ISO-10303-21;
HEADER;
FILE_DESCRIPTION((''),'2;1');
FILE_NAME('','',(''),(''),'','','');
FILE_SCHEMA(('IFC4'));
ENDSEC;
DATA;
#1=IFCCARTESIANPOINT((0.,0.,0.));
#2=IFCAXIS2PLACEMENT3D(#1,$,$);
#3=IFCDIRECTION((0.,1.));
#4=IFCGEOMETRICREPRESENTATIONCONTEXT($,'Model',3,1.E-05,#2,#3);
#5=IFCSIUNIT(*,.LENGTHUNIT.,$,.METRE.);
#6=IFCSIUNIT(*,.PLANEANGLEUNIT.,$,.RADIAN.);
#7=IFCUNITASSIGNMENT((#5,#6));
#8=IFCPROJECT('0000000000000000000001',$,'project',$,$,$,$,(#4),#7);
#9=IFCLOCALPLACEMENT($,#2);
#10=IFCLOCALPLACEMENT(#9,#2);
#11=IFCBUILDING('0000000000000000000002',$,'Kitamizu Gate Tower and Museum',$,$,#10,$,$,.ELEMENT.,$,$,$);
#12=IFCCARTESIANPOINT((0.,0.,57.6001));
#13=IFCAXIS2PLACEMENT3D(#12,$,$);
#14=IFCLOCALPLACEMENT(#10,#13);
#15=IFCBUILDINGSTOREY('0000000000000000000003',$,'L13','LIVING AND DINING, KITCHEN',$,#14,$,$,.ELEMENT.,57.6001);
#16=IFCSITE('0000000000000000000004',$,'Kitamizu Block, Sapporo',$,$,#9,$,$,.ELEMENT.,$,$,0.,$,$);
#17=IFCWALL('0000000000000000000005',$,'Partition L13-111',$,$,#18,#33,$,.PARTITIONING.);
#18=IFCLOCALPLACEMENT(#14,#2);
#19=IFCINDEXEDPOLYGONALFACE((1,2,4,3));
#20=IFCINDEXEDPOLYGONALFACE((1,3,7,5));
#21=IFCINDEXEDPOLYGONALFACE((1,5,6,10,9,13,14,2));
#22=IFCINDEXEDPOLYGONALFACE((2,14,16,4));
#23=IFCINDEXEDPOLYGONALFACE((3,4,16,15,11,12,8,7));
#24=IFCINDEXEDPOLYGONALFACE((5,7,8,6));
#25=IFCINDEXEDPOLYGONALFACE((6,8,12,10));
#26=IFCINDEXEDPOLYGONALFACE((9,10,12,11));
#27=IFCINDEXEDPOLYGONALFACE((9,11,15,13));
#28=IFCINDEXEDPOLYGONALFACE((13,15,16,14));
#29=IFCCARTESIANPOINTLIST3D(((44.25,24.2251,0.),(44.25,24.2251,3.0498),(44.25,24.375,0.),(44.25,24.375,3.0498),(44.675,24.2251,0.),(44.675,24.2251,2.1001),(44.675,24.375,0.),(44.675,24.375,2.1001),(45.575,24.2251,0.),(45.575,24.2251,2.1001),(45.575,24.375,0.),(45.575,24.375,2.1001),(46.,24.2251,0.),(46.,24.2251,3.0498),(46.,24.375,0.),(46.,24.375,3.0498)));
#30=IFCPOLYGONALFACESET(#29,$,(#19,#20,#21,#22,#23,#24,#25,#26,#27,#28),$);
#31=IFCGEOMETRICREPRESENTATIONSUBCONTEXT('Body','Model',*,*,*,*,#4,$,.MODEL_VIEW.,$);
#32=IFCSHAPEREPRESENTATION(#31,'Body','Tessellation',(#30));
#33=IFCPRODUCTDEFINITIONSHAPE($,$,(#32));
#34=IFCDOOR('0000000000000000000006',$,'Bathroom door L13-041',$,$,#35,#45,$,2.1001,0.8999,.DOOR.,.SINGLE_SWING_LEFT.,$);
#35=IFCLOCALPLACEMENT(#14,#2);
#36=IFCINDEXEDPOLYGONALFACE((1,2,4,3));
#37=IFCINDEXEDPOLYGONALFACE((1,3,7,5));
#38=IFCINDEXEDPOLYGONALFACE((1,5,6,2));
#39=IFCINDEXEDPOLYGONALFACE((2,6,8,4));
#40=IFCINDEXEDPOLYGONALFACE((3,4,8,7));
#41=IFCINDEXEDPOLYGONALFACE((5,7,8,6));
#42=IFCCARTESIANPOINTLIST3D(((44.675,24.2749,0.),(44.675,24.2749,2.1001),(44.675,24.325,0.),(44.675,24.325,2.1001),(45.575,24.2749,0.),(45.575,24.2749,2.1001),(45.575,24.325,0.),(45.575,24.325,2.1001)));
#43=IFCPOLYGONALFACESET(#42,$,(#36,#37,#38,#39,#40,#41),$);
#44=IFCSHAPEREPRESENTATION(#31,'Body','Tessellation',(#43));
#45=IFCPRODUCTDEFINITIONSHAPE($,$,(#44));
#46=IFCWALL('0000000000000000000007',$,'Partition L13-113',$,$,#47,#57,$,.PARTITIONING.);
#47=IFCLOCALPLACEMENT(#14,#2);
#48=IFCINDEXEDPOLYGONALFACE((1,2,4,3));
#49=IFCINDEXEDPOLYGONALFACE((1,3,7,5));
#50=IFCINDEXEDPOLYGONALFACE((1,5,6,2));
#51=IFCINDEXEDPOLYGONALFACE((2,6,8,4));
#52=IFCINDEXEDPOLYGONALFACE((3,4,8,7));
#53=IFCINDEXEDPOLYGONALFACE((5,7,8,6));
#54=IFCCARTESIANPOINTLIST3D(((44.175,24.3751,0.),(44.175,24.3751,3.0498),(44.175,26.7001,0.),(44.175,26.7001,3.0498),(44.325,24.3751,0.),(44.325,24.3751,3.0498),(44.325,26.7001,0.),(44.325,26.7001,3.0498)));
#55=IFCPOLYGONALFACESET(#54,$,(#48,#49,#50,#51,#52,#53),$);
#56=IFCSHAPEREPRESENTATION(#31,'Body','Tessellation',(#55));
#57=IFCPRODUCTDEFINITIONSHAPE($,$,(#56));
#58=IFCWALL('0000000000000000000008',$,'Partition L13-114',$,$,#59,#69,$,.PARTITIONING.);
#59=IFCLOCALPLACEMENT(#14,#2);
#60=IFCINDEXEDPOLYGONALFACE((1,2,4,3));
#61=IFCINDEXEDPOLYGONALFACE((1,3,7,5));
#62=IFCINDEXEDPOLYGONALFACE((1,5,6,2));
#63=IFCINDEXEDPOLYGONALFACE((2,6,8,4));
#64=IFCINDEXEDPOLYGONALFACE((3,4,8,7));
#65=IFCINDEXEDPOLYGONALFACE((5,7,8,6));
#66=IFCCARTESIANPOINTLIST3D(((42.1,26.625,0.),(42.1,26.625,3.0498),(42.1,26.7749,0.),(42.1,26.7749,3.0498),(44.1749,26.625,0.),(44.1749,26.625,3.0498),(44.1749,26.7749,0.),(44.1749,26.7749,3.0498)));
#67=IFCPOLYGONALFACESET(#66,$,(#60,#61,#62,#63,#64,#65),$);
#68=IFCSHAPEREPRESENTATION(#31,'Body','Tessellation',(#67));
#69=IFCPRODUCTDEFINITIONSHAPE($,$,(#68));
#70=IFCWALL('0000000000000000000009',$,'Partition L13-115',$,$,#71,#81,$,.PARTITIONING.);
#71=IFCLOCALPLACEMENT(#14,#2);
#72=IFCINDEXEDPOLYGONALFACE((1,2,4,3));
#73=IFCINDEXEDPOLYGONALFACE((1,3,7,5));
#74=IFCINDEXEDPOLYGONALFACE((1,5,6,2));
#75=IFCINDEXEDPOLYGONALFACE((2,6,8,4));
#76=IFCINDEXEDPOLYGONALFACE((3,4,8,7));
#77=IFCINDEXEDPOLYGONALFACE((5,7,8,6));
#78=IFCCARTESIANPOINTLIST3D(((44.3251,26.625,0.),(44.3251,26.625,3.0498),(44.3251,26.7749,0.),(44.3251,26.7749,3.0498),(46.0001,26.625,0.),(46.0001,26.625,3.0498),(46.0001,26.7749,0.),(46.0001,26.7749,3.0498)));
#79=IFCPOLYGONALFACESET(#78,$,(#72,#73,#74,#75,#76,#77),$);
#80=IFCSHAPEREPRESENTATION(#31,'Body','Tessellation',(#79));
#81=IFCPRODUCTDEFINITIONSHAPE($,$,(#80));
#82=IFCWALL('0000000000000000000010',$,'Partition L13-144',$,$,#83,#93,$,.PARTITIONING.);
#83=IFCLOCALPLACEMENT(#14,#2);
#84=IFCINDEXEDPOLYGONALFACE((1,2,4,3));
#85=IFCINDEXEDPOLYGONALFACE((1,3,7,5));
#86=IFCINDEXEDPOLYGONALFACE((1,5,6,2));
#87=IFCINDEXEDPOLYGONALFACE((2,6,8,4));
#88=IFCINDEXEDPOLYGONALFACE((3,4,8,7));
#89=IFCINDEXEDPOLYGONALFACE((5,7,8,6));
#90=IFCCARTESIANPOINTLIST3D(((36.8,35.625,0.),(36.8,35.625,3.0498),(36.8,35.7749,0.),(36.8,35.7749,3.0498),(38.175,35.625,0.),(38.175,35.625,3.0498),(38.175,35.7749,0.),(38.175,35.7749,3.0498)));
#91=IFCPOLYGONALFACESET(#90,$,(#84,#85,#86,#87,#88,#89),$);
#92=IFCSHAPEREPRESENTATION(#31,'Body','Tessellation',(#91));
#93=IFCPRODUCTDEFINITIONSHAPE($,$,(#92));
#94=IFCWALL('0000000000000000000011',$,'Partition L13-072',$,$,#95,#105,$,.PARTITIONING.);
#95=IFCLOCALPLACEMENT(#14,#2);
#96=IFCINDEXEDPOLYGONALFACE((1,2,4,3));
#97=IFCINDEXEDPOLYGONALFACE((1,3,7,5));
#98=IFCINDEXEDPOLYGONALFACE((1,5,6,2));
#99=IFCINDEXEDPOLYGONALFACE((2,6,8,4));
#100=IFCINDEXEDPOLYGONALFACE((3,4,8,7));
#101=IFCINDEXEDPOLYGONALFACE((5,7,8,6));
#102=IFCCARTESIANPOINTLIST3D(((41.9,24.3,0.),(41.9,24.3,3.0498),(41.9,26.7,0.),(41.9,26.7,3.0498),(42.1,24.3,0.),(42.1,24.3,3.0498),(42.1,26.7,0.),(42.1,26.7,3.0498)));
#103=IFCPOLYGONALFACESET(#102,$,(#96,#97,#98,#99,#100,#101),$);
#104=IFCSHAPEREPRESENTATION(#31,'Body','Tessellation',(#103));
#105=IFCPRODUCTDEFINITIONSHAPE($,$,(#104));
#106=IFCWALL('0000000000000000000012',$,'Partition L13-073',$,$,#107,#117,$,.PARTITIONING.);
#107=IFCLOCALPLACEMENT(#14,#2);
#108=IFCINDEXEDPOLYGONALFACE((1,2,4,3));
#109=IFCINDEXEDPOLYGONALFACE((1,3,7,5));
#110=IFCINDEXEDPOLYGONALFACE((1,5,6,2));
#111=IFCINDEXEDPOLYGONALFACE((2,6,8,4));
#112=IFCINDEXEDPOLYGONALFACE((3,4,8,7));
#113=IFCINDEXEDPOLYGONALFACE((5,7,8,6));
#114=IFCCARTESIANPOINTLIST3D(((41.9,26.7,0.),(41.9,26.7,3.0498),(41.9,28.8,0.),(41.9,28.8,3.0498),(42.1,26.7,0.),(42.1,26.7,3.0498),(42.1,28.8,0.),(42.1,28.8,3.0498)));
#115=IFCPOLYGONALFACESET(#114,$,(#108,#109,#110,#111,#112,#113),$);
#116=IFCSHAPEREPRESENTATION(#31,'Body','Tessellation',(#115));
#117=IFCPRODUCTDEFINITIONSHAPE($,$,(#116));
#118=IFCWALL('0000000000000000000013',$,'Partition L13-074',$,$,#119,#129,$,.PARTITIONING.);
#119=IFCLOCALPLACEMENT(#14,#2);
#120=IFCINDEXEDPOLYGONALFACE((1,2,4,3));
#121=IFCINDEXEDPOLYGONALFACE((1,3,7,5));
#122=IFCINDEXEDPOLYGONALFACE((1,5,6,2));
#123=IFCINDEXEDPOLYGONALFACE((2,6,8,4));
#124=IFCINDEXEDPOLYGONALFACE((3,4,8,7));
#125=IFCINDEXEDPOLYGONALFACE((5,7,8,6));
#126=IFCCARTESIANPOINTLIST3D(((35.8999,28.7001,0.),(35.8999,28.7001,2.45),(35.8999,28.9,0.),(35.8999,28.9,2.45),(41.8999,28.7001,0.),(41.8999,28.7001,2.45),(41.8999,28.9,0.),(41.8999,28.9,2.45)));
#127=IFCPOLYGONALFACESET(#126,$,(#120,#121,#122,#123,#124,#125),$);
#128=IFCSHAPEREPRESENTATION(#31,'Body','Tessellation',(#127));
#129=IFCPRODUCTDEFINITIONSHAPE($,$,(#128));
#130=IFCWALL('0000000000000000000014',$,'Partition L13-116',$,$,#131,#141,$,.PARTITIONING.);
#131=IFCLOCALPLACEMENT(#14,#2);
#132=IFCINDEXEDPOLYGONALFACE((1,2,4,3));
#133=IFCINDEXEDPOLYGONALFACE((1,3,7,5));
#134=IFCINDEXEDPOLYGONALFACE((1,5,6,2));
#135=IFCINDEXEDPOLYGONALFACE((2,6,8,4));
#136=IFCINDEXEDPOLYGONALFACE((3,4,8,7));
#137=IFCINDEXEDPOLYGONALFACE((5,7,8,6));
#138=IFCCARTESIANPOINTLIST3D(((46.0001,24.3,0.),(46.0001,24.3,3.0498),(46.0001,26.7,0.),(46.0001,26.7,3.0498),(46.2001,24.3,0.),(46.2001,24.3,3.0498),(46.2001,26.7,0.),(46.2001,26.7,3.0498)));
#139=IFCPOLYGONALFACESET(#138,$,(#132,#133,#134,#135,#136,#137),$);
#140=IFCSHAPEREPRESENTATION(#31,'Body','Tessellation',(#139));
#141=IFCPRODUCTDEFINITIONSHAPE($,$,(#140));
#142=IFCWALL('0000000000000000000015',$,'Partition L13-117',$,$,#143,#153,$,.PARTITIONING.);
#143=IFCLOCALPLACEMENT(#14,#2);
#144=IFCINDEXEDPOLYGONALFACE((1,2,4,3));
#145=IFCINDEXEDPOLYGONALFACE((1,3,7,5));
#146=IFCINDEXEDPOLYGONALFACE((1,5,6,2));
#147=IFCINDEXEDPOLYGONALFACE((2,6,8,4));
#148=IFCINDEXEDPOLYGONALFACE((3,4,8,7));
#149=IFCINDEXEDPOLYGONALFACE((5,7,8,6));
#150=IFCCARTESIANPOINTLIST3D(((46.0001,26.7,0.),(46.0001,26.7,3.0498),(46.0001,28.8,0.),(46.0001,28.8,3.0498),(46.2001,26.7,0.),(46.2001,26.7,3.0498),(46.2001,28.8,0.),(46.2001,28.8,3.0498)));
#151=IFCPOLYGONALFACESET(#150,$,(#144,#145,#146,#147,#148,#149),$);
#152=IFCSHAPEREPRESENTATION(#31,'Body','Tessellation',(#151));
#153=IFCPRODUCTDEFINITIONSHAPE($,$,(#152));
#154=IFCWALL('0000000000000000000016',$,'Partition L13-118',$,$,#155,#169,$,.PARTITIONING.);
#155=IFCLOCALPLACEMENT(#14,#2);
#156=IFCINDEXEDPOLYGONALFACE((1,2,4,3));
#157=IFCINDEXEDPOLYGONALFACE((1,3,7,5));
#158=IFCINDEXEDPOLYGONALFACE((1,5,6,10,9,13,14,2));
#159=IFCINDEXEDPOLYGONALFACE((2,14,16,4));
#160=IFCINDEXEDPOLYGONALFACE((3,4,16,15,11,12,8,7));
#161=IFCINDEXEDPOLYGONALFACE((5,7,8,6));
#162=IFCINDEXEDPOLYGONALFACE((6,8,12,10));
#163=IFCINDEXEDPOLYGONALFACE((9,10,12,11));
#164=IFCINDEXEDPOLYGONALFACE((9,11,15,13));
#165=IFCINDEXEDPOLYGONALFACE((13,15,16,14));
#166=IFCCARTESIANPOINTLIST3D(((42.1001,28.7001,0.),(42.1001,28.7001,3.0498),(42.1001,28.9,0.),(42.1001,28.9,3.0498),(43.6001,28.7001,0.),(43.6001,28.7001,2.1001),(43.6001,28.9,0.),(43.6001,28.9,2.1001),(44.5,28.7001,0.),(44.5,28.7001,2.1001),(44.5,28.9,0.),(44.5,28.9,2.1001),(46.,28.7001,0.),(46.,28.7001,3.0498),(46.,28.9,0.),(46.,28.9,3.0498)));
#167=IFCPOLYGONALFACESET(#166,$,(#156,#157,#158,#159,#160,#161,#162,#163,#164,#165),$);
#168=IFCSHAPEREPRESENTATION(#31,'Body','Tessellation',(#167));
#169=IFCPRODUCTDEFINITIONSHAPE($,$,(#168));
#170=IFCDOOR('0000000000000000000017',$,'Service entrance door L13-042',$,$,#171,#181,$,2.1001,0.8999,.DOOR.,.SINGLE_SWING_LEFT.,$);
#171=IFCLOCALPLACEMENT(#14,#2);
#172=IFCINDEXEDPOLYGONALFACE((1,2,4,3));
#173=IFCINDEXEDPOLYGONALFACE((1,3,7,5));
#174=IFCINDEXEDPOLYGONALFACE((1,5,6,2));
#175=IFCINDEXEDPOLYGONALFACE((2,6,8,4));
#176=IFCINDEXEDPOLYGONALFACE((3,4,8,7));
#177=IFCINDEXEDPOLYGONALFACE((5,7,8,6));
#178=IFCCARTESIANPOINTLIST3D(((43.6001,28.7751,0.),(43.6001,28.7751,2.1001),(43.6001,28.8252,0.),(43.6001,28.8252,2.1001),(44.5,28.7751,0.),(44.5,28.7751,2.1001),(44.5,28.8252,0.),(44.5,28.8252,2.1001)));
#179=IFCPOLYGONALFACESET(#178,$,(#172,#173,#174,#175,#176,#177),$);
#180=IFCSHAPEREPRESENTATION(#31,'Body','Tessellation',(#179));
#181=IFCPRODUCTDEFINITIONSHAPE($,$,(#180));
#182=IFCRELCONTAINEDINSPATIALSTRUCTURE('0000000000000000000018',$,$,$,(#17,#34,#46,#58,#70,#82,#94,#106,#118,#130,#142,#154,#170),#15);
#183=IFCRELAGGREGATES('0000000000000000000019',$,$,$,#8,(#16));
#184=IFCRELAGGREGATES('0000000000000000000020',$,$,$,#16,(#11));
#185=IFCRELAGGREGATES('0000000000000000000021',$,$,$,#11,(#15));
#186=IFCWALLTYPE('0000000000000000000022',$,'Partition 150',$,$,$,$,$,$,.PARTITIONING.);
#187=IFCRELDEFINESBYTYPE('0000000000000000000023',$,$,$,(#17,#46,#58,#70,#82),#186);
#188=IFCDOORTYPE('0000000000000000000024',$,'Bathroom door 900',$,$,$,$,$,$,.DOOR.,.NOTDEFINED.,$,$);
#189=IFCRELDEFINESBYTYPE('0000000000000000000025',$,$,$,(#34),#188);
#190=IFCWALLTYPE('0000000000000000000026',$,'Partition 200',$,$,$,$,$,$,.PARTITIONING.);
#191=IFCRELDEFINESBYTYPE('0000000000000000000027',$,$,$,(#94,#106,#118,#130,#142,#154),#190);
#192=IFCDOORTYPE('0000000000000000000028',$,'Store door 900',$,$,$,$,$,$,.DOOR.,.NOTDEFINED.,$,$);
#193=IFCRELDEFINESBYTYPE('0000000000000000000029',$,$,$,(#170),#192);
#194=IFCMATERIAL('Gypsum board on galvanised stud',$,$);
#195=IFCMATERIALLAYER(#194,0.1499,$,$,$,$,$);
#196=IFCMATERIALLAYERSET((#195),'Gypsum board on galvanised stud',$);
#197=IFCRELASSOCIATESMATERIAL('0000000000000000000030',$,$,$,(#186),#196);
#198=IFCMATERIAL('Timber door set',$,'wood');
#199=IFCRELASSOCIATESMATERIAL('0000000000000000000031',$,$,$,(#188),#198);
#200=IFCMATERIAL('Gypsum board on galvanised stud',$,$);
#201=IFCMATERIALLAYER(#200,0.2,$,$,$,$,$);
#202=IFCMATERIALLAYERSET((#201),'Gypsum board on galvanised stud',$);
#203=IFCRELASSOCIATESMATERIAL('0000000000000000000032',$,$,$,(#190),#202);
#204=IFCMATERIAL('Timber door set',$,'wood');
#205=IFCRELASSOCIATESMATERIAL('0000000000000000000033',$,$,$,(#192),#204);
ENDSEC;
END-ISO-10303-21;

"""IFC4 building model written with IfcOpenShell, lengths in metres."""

from ifc_helpers import new_model, si_unit, direction, frame, frame_2d, origin, place, context, subcontext, project, spatial, rectangle, extrude, material, layer, layer_set, type_object, element, fill, save


model = new_model("IFC4")

# Units and contexts
model_context = context("Model", 3, precision=1e-05, world=origin(), true_north=direction((0.0, 1.0)))
body_context = subcontext(model_context, "Body", "Model", "MODEL_VIEW")
ifc_project = project(units=[si_unit("LENGTHUNIT", "METRE"), si_unit("PLANEANGLEUNIT", "RADIAN")], contexts=[model_context])

# Site, building, storey
site_placement = place(None, origin())
site = spatial("IfcSite", under=ifc_project, at=site_placement, Name="Kitamizu Block, Sapporo", CompositionType="ELEMENT", RefElevation=0.0)
building_placement = place(site_placement, origin())
building = spatial("IfcBuilding", under=site, at=building_placement, Name="Kitamizu Gate Tower and Museum", CompositionType="ELEMENT")
storey_placement = place(building_placement, frame((0.0, 0.0, 57.6001)))
storey = spatial("IfcBuildingStorey", under=building, at=storey_placement, Name="L13", Description="LIVING AND DINING, KITCHEN", CompositionType="ELEMENT", Elevation=57.6001)

# Wall, opening, door
ifc_material_1 = material(Name="Gypsum board on galvanised stud")
ifc_layer_1 = layer(ifc_material_1, 0.1499)
ifc_layer_set_1 = layer_set([ifc_layer_1], Name="Gypsum board on galvanised stud")
wall_type_1 = type_object("IfcWallType", Name="Partition 150", PredefinedType="PARTITIONING", material=ifc_layer_set_1)
ifc_material_2 = material(Name="Timber door set", Category="wood")
door_type_1 = type_object("IfcDoorType", Name="Bathroom door 900", OperationType="NOTDEFINED", PredefinedType="DOOR", material=ifc_material_2)
wall_1_placement = place(storey_placement, frame((46.0, 24.3, 0.0), z_axis=(0.0, 0.0, 1.0), x_axis=(-1.0, 0.0, 0.0)))
wall_1 = element("IfcWall", 1, at=wall_1_placement, inside=storey, type_object=wall_type_1, Name="Partition L13-111", PredefinedType="PARTITIONING", context=body_context, shape_type="SweptSolid", body=[
    extrude(rectangle(XDim=1.75, YDim=0.1499, at=frame_2d((0.875, 0.0))), origin(), (0.0, 0.0, 1.0), 3.0498),
])
opening_1_placement = place(wall_1_placement, frame((0.425, 0.0, 0.0)))
opening_1 = element("IfcOpeningElement", 2, at=opening_1_placement, cuts=wall_1, PredefinedType="OPENING", context=body_context, shape_type="SweptSolid", body=[
    extrude(rectangle(XDim=0.8999, YDim=2.1001, at=frame_2d((0.45, 1.05))), frame((0.0, 0.085, 0.0), z_axis=(0.0, -1.0, 0.0), x_axis=(1.0, 0.0, 0.0)), (0.0, 0.0, 1.0), 0.1699),
])
door_1_placement = place(opening_1_placement, frame((0.8999, 0.0, 0.0), x_axis=(-1.0, 0.0, 0.0)))
door_1 = element("IfcDoor", 3, at=door_1_placement, inside=storey, type_object=door_type_1, Name="Bathroom door L13-041", OperationType="SINGLE_SWING_LEFT", OverallHeight=2.1001, OverallWidth=0.8999, PredefinedType="DOOR", context=body_context, shape_type="SweptSolid", body=[
    extrude(rectangle(XDim=0.8999, YDim=2.1001, at=frame_2d((0.45, 1.05))), frame((0.0, 0.0249, 0.0), z_axis=(0.0, -1.0, 0.0), x_axis=(1.0, 0.0, 0.0)), (0.0, 0.0, 1.0), 0.05),
])
fill(opening_1, door_1)

# Walls
wall_2_placement = place(storey_placement, frame((44.25, 24.375, 0.0), z_axis=(0.0, 0.0, 1.0), x_axis=(0.0, 1.0, 0.0)))
element("IfcWall", 4, at=wall_2_placement, inside=storey, type_object=wall_type_1, Name="Partition L13-113", PredefinedType="PARTITIONING", context=body_context, shape_type="SweptSolid", body=[
    extrude(rectangle(XDim=2.325, YDim=0.1499, at=frame_2d((1.1626, 0.0))), origin(), (0.0, 0.0, 1.0), 3.0498),
])
wall_3_placement = place(storey_placement, frame((44.175, 26.7, 0.0), z_axis=(0.0, 0.0, 1.0), x_axis=(-1.0, 0.0, 0.0)))
element("IfcWall", 5, at=wall_3_placement, inside=storey, type_object=wall_type_1, Name="Partition L13-114", PredefinedType="PARTITIONING", context=body_context, shape_type="SweptSolid", body=[
    extrude(rectangle(XDim=2.075, YDim=0.1499, at=frame_2d((1.0376, 0.0))), origin(), (0.0, 0.0, 1.0), 3.0498),
])
wall_4_placement = place(storey_placement, frame((46.0, 26.7, 0.0), z_axis=(0.0, 0.0, 1.0), x_axis=(-1.0, 0.0, 0.0)))
element("IfcWall", 6, at=wall_4_placement, inside=storey, type_object=wall_type_1, Name="Partition L13-115", PredefinedType="PARTITIONING", context=body_context, shape_type="SweptSolid", body=[
    extrude(rectangle(XDim=1.675, YDim=0.1499, at=frame_2d((0.8374, 0.0))), origin(), (0.0, 0.0, 1.0), 3.0498),
])
wall_5_placement = place(storey_placement, frame((36.8, 35.7, 0.0), z_axis=(0.0, 0.0, 1.0), x_axis=(1.0, 0.0, 0.0)))
element("IfcWall", 7, at=wall_5_placement, inside=storey, type_object=wall_type_1, Name="Partition L13-144", PredefinedType="PARTITIONING", context=body_context, shape_type="SweptSolid", body=[
    extrude(rectangle(XDim=1.375, YDim=0.1499, at=frame_2d((0.6875, 0.0))), origin(), (0.0, 0.0, 1.0), 3.0498),
])
ifc_material_3 = material(Name="Gypsum board on galvanised stud")
ifc_layer_2 = layer(ifc_material_3, 0.2)
ifc_layer_set_2 = layer_set([ifc_layer_2], Name="Gypsum board on galvanised stud")
wall_type_2 = type_object("IfcWallType", Name="Partition 200", PredefinedType="PARTITIONING", material=ifc_layer_set_2)
wall_6_placement = place(storey_placement, frame((42.0, 24.3, 0.0), z_axis=(0.0, 0.0, 1.0), x_axis=(0.0, 1.0, 0.0)))
element("IfcWall", 8, at=wall_6_placement, inside=storey, type_object=wall_type_2, Name="Partition L13-072", PredefinedType="PARTITIONING", context=body_context, shape_type="SweptSolid", body=[
    extrude(rectangle(XDim=2.3999, YDim=0.2, at=frame_2d((1.2, 0.0))), origin(), (0.0, 0.0, 1.0), 3.0498),
])
wall_7_placement = place(storey_placement, frame((42.0, 26.7, 0.0), z_axis=(0.0, 0.0, 1.0), x_axis=(0.0, 1.0, 0.0)))
element("IfcWall", 9, at=wall_7_placement, inside=storey, type_object=wall_type_2, Name="Partition L13-073", PredefinedType="PARTITIONING", context=body_context, shape_type="SweptSolid", body=[
    extrude(rectangle(XDim=2.1001, YDim=0.2, at=frame_2d((1.05, 0.0))), origin(), (0.0, 0.0, 1.0), 3.0498),
])
wall_8_placement = place(storey_placement, frame((41.8999, 28.8, 0.0), z_axis=(0.0, 0.0, 1.0), x_axis=(-1.0, 0.0, 0.0)))
element("IfcWall", 10, at=wall_8_placement, inside=storey, type_object=wall_type_2, Name="Partition L13-074", PredefinedType="PARTITIONING", context=body_context, shape_type="SweptSolid", body=[
    extrude(rectangle(XDim=6.0, YDim=0.2, at=frame_2d((3.0, 0.0))), origin(), (0.0, 0.0, 1.0), 2.45),
])
wall_9_placement = place(storey_placement, frame((46.1001, 24.3, 0.0), z_axis=(0.0, 0.0, 1.0), x_axis=(0.0, 1.0, 0.0)))
element("IfcWall", 11, at=wall_9_placement, inside=storey, type_object=wall_type_2, Name="Partition L13-116", PredefinedType="PARTITIONING", context=body_context, shape_type="SweptSolid", body=[
    extrude(rectangle(XDim=2.3999, YDim=0.2, at=frame_2d((1.2, 0.0))), origin(), (0.0, 0.0, 1.0), 3.0498),
])
wall_10_placement = place(storey_placement, frame((46.1001, 26.7, 0.0), z_axis=(0.0, 0.0, 1.0), x_axis=(0.0, 1.0, 0.0)))
element("IfcWall", 12, at=wall_10_placement, inside=storey, type_object=wall_type_2, Name="Partition L13-117", PredefinedType="PARTITIONING", context=body_context, shape_type="SweptSolid", body=[
    extrude(rectangle(XDim=2.1001, YDim=0.2, at=frame_2d((1.05, 0.0))), origin(), (0.0, 0.0, 1.0), 3.0498),
])

# Wall, opening, door
wall_11_placement = place(storey_placement, frame((46.0, 28.8, 0.0), z_axis=(0.0, 0.0, 1.0), x_axis=(-1.0, 0.0, 0.0)))
wall_11 = element("IfcWall", 13, at=wall_11_placement, inside=storey, type_object=wall_type_2, Name="Partition L13-118", PredefinedType="PARTITIONING", context=body_context, shape_type="SweptSolid", body=[
    extrude(rectangle(XDim=3.8999, YDim=0.2, at=frame_2d((1.95, 0.0))), origin(), (0.0, 0.0, 1.0), 3.0498),
])
opening_2_placement = place(wall_11_placement, frame((1.5, 0.0, 0.0)))
opening_2 = element("IfcOpeningElement", 14, at=opening_2_placement, cuts=wall_11, PredefinedType="OPENING", context=body_context, shape_type="SweptSolid", body=[
    extrude(rectangle(XDim=0.8999, YDim=2.1001, at=frame_2d((0.45, 1.05))), frame((0.0, 0.1099, 0.0), z_axis=(0.0, -1.0, 0.0), x_axis=(1.0, 0.0, 0.0)), (0.0, 0.0, 1.0), 0.22),
])
ifc_material_4 = material(Name="Timber door set", Category="wood")
door_type_2 = type_object("IfcDoorType", Name="Store door 900", OperationType="NOTDEFINED", PredefinedType="DOOR", material=ifc_material_4)
door_2_placement = place(opening_2_placement, origin())
door_2 = element("IfcDoor", 15, at=door_2_placement, inside=storey, type_object=door_type_2, Name="Service entrance door L13-042", OperationType="SINGLE_SWING_LEFT", OverallHeight=2.1001, OverallWidth=0.8999, PredefinedType="DOOR", context=body_context, shape_type="SweptSolid", body=[
    extrude(rectangle(XDim=0.8999, YDim=2.1001, at=frame_2d((0.45, 1.05))), frame((0.0, 0.0249, 0.0), z_axis=(0.0, -1.0, 0.0), x_axis=(1.0, 0.0, 0.0)), (0.0, 0.0, 1.0), 0.05),
])
fill(opening_2, door_2)

save(model, "model.ifc")
